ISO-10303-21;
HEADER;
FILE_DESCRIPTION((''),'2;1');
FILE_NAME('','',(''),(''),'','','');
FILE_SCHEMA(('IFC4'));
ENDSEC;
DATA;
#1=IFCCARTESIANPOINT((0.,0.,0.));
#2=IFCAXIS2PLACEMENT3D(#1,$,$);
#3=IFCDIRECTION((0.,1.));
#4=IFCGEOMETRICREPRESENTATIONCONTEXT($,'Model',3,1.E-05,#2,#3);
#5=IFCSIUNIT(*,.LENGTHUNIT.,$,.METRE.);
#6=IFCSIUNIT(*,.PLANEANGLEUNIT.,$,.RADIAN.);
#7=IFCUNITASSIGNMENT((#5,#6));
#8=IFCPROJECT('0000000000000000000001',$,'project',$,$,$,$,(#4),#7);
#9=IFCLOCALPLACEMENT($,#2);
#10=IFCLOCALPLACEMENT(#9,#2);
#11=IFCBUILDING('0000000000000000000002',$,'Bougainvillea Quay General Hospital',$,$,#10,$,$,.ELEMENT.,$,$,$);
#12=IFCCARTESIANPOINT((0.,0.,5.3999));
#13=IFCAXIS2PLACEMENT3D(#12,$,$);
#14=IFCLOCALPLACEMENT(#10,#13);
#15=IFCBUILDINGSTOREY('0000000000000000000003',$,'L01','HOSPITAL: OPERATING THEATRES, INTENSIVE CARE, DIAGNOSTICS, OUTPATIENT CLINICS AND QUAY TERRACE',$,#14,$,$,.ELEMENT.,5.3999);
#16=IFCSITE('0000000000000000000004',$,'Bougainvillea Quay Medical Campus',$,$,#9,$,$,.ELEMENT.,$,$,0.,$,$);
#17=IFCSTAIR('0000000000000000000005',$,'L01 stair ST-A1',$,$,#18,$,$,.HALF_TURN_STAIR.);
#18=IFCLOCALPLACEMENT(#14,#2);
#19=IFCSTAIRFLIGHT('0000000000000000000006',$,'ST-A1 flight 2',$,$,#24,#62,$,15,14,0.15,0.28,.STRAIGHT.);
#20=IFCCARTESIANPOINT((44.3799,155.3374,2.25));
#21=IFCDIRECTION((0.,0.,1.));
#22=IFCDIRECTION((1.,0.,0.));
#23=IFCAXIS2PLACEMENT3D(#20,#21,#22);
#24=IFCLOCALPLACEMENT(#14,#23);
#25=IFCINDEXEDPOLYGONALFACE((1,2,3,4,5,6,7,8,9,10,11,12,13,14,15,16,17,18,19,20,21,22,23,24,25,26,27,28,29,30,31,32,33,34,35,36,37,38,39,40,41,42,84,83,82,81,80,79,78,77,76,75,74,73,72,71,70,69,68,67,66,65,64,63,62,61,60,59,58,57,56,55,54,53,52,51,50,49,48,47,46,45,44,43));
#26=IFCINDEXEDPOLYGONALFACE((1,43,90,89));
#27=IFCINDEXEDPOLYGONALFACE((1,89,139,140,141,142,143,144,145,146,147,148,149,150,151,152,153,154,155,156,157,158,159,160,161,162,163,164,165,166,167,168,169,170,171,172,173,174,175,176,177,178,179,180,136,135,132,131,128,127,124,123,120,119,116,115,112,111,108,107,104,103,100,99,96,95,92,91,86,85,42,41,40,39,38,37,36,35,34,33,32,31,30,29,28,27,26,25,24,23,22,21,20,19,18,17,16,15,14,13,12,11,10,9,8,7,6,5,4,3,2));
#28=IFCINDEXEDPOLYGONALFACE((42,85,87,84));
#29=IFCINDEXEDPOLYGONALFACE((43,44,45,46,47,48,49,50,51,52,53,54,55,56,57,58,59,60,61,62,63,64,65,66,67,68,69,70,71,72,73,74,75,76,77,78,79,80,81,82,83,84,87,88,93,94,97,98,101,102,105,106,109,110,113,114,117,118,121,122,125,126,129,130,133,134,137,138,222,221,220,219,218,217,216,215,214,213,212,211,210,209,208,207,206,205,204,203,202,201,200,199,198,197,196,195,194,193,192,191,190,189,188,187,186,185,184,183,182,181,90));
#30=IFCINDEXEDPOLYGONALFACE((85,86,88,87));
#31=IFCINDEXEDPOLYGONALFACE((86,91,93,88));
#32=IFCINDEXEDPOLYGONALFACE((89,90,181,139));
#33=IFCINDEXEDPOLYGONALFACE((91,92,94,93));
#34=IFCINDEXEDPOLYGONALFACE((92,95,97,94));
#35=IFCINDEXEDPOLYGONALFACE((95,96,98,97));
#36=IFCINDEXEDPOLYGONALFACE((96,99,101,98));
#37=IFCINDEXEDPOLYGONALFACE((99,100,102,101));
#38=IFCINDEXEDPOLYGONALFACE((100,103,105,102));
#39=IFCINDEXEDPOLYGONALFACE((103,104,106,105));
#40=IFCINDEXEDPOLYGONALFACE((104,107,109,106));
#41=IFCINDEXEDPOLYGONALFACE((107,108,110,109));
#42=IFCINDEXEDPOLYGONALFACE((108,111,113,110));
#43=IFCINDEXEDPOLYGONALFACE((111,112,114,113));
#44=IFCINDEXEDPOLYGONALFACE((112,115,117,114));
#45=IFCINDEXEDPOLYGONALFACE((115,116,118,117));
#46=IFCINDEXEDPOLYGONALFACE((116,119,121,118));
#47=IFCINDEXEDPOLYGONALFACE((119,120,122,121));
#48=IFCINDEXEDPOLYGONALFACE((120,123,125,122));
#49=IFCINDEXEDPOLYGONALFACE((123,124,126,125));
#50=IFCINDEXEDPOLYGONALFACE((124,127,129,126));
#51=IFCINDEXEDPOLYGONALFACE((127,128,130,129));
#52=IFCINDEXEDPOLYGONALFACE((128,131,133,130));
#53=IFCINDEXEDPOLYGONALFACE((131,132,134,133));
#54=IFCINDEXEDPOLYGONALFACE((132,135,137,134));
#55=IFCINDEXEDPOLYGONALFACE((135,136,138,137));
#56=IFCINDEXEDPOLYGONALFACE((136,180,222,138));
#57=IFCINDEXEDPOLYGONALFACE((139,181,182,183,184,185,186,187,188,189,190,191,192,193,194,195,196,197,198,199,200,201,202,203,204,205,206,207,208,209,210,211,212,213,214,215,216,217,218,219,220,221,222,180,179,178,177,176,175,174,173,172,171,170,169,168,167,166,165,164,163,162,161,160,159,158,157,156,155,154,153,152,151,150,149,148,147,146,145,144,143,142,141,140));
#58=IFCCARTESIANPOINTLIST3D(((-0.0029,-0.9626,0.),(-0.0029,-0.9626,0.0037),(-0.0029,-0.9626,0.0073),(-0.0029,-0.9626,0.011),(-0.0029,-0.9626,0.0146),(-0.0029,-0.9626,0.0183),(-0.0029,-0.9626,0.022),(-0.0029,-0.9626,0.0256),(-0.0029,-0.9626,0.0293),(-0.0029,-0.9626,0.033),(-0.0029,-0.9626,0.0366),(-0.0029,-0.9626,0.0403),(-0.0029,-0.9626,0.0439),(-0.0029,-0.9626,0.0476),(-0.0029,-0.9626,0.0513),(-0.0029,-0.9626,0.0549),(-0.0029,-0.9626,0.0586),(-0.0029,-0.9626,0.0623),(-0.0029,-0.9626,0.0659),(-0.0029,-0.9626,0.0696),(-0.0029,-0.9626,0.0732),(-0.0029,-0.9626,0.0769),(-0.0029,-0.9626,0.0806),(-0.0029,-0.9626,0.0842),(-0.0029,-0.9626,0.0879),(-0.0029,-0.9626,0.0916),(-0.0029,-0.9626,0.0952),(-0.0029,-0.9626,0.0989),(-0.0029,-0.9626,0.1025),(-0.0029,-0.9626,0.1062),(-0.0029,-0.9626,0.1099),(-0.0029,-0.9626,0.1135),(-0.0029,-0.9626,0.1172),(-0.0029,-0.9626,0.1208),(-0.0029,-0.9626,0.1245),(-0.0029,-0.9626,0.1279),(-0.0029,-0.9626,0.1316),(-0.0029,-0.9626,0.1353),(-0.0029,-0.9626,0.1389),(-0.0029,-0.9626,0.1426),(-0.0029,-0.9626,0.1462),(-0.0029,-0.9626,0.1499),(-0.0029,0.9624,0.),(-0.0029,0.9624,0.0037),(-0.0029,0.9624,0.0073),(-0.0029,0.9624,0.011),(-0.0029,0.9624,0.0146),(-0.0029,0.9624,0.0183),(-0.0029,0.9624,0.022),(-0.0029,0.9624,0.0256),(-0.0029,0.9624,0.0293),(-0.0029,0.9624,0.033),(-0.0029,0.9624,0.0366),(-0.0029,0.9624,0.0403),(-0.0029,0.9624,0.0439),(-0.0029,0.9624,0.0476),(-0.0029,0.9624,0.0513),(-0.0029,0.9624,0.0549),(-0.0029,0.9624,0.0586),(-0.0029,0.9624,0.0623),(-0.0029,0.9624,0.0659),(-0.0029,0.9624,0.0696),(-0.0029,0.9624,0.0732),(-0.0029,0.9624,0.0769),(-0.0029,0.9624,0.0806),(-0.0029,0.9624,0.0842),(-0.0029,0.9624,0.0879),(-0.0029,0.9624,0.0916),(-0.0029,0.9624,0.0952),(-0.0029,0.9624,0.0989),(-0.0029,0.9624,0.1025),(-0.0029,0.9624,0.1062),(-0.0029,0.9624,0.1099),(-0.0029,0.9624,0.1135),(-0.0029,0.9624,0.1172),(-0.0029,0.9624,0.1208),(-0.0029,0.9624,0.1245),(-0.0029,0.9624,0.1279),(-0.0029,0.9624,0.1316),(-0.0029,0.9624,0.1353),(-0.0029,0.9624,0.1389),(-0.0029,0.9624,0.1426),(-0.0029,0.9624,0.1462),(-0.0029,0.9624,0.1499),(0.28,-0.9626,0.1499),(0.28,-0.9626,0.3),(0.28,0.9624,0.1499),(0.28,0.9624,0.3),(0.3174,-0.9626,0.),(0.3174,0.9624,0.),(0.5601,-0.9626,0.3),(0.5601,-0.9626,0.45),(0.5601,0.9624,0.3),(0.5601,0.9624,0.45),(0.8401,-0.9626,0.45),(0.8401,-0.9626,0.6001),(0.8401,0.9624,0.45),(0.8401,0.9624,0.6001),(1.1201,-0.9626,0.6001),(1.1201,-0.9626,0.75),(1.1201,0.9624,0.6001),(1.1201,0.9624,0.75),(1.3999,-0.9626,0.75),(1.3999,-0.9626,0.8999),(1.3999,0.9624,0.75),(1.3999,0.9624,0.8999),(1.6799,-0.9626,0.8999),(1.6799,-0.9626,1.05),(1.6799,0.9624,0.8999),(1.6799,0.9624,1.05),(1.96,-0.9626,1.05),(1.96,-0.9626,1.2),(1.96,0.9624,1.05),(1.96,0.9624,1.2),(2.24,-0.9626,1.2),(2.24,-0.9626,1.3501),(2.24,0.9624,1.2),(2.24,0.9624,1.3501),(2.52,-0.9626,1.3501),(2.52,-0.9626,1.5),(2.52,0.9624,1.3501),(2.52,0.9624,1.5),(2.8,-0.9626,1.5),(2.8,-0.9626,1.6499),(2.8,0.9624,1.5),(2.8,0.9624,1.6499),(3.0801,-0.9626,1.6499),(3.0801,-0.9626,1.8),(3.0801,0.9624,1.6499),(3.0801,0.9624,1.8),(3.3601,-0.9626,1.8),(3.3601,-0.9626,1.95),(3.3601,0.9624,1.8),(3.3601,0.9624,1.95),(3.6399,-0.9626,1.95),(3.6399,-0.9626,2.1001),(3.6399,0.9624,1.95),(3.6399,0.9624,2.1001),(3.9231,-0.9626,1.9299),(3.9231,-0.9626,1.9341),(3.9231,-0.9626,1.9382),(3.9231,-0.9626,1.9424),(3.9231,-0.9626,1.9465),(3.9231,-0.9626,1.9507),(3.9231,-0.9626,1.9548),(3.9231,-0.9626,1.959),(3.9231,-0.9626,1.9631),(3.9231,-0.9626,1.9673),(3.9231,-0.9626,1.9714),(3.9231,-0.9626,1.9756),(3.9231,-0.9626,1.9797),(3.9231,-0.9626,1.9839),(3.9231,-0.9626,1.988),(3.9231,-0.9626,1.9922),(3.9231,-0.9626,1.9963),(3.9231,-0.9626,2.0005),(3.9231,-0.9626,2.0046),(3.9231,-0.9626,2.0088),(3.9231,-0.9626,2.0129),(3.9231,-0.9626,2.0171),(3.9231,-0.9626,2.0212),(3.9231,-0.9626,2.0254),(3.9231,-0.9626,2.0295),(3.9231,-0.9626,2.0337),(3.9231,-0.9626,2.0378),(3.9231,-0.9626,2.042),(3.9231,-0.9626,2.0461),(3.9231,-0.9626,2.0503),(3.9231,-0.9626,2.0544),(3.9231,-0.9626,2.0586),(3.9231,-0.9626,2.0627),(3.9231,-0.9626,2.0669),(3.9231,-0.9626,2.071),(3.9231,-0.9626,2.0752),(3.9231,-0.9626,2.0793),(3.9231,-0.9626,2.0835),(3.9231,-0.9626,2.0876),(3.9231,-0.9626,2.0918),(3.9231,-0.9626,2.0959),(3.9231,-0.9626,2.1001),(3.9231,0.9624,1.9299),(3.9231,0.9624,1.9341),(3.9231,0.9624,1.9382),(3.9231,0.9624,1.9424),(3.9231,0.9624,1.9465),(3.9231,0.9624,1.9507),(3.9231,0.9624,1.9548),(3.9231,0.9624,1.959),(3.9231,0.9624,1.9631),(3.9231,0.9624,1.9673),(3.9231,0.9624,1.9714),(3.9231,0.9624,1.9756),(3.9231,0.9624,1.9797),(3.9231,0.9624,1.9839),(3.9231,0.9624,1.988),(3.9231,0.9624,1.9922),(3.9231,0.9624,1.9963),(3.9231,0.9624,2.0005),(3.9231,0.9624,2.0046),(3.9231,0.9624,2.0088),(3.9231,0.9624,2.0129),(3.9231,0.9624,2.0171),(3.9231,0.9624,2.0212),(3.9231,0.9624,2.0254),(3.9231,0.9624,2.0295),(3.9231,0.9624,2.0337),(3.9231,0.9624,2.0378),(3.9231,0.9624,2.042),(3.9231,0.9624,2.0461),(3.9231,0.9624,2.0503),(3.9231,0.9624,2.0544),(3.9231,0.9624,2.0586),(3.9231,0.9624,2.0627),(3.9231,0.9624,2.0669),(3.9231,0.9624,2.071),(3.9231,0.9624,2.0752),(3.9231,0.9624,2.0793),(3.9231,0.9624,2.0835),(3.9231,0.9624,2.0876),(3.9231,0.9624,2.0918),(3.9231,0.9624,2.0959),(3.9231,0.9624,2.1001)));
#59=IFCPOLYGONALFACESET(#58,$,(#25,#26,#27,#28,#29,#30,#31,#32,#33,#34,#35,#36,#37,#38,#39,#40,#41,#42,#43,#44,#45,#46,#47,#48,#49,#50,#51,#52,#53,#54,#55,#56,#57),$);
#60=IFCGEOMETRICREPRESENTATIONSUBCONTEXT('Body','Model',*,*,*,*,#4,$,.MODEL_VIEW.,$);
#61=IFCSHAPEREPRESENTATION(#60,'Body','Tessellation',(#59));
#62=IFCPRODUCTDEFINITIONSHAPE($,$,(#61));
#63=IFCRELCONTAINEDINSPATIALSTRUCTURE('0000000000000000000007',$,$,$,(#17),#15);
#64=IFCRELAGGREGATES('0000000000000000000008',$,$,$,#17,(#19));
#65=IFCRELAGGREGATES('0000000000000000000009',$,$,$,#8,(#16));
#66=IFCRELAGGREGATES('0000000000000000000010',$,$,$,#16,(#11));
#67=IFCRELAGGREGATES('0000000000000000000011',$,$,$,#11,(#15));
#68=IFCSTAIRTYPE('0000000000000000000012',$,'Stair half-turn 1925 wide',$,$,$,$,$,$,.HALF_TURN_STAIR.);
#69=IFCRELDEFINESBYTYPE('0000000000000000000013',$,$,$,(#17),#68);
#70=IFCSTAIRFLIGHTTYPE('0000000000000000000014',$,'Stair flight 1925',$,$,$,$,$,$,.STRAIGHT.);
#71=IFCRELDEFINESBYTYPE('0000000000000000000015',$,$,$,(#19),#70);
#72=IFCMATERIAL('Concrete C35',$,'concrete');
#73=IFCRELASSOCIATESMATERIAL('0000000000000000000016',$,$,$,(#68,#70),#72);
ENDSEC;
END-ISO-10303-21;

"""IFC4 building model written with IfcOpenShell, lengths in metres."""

from ifc_helpers import new_model, si_unit, direction, frame, origin, place, context, subcontext, project, spatial, polyline, outline, extrude, material, type_object, element, aggregate, save


model = new_model("IFC4")

# Units and contexts
model_context = context("Model", 3, precision=1e-05, world=origin(), true_north=direction((0.0, 1.0)))
body_context = subcontext(model_context, "Body", "Model", "MODEL_VIEW")
ifc_project = project(units=[si_unit("LENGTHUNIT", "METRE"), si_unit("PLANEANGLEUNIT", "RADIAN")], contexts=[model_context])

# Site, building, storey
site_placement = place(None, origin())
site = spatial("IfcSite", under=ifc_project, at=site_placement, Name="Bougainvillea Quay Medical Campus", CompositionType="ELEMENT", RefElevation=0.0)
building_placement = place(site_placement, origin())
building = spatial("IfcBuilding", under=site, at=building_placement, Name="Bougainvillea Quay General Hospital", CompositionType="ELEMENT")
storey_placement = place(building_placement, frame((0.0, 0.0, 5.3999)))
storey = spatial("IfcBuildingStorey", under=building, at=storey_placement, Name="L01", Description="HOSPITAL: OPERATING THEATRES, INTENSIVE CARE, DIAGNOSTICS, OUTPATIENT CLINICS AND QUAY TERRACE", CompositionType="ELEMENT", Elevation=5.3999)

# Stair, stair flight
ifc_material_1 = material(Name="Concrete C35", Category="concrete")
stair_type = type_object("IfcStairType", Name="Stair half-turn 1925 wide", PredefinedType="HALF_TURN_STAIR", material=ifc_material_1)
stair_placement = place(storey_placement, origin())
stair = element("IfcStair", 1, at=stair_placement, inside=storey, type_object=stair_type, Name="L01 stair ST-A1", PredefinedType="HALF_TURN_STAIR")
stair_flight_type = type_object("IfcStairFlightType", Name="Stair flight 1925", PredefinedType="STRAIGHT", material=ifc_material_1)
stair_flight_1_placement = place(storey_placement, frame((44.3799, 155.3374, 2.25), z_axis=(0.0, 0.0, 1.0), x_axis=(1.0, 0.0, 0.0)))
stair_flight_1 = element("IfcStairFlight", 2, at=stair_flight_1_placement, type_object=stair_flight_type, Name="ST-A1 flight 2", NumberOfRisers=15, NumberOfTreads=14, PredefinedType="STRAIGHT", RiserHeight=0.15, TreadLength=0.28, context=body_context, shape_type="SweptSolid", body=[
    extrude(outline(polyline([(-0.0029, 0.0), (-0.0029, 0.0037), (-0.0029, 0.0073), (-0.0029, 0.011), (-0.0029, 0.0146), (-0.0029, 0.0183), (-0.0029, 0.022), (-0.0029, 0.0256), (-0.0029, 0.0293), (-0.0029, 0.033), (-0.0029, 0.0366), (-0.0029, 0.0403), (-0.0029, 0.0439), (-0.0029, 0.0476), (-0.0029, 0.0513), (-0.0029, 0.0549), (-0.0029, 0.0586), (-0.0029, 0.0623), (-0.0029, 0.0659), (-0.0029, 0.0696), (-0.0029, 0.0732), (-0.0029, 0.0769), (-0.0029, 0.0806), (-0.0029, 0.0842), (-0.0029, 0.0879), (-0.0029, 0.0916), (-0.0029, 0.0952), (-0.0029, 0.0989), (-0.0029, 0.1025), (-0.0029, 0.1062), (-0.0029, 0.1099), (-0.0029, 0.1135), (-0.0029, 0.1172), (-0.0029, 0.1208), (-0.0029, 0.1245), (-0.0029, 0.1279), (-0.0029, 0.1316), (-0.0029, 0.1353), (-0.0029, 0.1389), (-0.0029, 0.1426), (-0.0029, 0.1462), (-0.0029, 0.1499), (0.28, 0.1499), (0.28, 0.3), (0.5601, 0.3), (0.5601, 0.45), (0.8401, 0.45), (0.8401, 0.6001), (1.1201, 0.6001), (1.1201, 0.75), (1.3999, 0.75), (1.3999, 0.8999), (1.6799, 0.8999), (1.6799, 1.05), (1.96, 1.05), (1.96, 1.2), (2.24, 1.2), (2.24, 1.3501), (2.52, 1.3501), (2.52, 1.5), (2.8, 1.5), (2.8, 1.6499), (3.0801, 1.6499), (3.0801, 1.8), (3.3601, 1.8), (3.3601, 1.95), (3.6399, 1.95), (3.6399, 2.1001), (3.9231, 2.1001), (3.9231, 2.0959), (3.9231, 2.0918), (3.9231, 2.0876), (3.9231, 2.0835), (3.9231, 2.0793), (3.9231, 2.0752), (3.9231, 2.071), (3.9231, 2.0669), (3.9231, 2.0627), (3.9231, 2.0586), (3.9231, 2.0544), (3.9231, 2.0503), (3.9231, 2.0461), (3.9231, 2.042), (3.9231, 2.0378), (3.9231, 2.0337), (3.9231, 2.0295), (3.9231, 2.0254), (3.9231, 2.0212), (3.9231, 2.0171), (3.9231, 2.0129), (3.9231, 2.0088), (3.9231, 2.0046), (3.9231, 2.0005), (3.9231, 1.9963), (3.9231, 1.9922), (3.9231, 1.988), (3.9231, 1.9839), (3.9231, 1.9797), (3.9231, 1.9756), (3.9231, 1.9714), (3.9231, 1.9673), (3.9231, 1.9631), (3.9231, 1.959), (3.9231, 1.9548), (3.9231, 1.9507), (3.9231, 1.9465), (3.9231, 1.9424), (3.9231, 1.9382), (3.9231, 1.9341), (3.9231, 1.9299), (0.3174, 0.0), (-0.0029, 0.0)])), frame((0.0, 0.9624, 0.0), z_axis=(0.0, -1.0, 0.0), x_axis=(1.0, 0.0, 0.0)), (0.0, 0.0, 1.0), 1.925),
])
aggregate(stair, [stair_flight_1])

save(model, "model.ifc")
